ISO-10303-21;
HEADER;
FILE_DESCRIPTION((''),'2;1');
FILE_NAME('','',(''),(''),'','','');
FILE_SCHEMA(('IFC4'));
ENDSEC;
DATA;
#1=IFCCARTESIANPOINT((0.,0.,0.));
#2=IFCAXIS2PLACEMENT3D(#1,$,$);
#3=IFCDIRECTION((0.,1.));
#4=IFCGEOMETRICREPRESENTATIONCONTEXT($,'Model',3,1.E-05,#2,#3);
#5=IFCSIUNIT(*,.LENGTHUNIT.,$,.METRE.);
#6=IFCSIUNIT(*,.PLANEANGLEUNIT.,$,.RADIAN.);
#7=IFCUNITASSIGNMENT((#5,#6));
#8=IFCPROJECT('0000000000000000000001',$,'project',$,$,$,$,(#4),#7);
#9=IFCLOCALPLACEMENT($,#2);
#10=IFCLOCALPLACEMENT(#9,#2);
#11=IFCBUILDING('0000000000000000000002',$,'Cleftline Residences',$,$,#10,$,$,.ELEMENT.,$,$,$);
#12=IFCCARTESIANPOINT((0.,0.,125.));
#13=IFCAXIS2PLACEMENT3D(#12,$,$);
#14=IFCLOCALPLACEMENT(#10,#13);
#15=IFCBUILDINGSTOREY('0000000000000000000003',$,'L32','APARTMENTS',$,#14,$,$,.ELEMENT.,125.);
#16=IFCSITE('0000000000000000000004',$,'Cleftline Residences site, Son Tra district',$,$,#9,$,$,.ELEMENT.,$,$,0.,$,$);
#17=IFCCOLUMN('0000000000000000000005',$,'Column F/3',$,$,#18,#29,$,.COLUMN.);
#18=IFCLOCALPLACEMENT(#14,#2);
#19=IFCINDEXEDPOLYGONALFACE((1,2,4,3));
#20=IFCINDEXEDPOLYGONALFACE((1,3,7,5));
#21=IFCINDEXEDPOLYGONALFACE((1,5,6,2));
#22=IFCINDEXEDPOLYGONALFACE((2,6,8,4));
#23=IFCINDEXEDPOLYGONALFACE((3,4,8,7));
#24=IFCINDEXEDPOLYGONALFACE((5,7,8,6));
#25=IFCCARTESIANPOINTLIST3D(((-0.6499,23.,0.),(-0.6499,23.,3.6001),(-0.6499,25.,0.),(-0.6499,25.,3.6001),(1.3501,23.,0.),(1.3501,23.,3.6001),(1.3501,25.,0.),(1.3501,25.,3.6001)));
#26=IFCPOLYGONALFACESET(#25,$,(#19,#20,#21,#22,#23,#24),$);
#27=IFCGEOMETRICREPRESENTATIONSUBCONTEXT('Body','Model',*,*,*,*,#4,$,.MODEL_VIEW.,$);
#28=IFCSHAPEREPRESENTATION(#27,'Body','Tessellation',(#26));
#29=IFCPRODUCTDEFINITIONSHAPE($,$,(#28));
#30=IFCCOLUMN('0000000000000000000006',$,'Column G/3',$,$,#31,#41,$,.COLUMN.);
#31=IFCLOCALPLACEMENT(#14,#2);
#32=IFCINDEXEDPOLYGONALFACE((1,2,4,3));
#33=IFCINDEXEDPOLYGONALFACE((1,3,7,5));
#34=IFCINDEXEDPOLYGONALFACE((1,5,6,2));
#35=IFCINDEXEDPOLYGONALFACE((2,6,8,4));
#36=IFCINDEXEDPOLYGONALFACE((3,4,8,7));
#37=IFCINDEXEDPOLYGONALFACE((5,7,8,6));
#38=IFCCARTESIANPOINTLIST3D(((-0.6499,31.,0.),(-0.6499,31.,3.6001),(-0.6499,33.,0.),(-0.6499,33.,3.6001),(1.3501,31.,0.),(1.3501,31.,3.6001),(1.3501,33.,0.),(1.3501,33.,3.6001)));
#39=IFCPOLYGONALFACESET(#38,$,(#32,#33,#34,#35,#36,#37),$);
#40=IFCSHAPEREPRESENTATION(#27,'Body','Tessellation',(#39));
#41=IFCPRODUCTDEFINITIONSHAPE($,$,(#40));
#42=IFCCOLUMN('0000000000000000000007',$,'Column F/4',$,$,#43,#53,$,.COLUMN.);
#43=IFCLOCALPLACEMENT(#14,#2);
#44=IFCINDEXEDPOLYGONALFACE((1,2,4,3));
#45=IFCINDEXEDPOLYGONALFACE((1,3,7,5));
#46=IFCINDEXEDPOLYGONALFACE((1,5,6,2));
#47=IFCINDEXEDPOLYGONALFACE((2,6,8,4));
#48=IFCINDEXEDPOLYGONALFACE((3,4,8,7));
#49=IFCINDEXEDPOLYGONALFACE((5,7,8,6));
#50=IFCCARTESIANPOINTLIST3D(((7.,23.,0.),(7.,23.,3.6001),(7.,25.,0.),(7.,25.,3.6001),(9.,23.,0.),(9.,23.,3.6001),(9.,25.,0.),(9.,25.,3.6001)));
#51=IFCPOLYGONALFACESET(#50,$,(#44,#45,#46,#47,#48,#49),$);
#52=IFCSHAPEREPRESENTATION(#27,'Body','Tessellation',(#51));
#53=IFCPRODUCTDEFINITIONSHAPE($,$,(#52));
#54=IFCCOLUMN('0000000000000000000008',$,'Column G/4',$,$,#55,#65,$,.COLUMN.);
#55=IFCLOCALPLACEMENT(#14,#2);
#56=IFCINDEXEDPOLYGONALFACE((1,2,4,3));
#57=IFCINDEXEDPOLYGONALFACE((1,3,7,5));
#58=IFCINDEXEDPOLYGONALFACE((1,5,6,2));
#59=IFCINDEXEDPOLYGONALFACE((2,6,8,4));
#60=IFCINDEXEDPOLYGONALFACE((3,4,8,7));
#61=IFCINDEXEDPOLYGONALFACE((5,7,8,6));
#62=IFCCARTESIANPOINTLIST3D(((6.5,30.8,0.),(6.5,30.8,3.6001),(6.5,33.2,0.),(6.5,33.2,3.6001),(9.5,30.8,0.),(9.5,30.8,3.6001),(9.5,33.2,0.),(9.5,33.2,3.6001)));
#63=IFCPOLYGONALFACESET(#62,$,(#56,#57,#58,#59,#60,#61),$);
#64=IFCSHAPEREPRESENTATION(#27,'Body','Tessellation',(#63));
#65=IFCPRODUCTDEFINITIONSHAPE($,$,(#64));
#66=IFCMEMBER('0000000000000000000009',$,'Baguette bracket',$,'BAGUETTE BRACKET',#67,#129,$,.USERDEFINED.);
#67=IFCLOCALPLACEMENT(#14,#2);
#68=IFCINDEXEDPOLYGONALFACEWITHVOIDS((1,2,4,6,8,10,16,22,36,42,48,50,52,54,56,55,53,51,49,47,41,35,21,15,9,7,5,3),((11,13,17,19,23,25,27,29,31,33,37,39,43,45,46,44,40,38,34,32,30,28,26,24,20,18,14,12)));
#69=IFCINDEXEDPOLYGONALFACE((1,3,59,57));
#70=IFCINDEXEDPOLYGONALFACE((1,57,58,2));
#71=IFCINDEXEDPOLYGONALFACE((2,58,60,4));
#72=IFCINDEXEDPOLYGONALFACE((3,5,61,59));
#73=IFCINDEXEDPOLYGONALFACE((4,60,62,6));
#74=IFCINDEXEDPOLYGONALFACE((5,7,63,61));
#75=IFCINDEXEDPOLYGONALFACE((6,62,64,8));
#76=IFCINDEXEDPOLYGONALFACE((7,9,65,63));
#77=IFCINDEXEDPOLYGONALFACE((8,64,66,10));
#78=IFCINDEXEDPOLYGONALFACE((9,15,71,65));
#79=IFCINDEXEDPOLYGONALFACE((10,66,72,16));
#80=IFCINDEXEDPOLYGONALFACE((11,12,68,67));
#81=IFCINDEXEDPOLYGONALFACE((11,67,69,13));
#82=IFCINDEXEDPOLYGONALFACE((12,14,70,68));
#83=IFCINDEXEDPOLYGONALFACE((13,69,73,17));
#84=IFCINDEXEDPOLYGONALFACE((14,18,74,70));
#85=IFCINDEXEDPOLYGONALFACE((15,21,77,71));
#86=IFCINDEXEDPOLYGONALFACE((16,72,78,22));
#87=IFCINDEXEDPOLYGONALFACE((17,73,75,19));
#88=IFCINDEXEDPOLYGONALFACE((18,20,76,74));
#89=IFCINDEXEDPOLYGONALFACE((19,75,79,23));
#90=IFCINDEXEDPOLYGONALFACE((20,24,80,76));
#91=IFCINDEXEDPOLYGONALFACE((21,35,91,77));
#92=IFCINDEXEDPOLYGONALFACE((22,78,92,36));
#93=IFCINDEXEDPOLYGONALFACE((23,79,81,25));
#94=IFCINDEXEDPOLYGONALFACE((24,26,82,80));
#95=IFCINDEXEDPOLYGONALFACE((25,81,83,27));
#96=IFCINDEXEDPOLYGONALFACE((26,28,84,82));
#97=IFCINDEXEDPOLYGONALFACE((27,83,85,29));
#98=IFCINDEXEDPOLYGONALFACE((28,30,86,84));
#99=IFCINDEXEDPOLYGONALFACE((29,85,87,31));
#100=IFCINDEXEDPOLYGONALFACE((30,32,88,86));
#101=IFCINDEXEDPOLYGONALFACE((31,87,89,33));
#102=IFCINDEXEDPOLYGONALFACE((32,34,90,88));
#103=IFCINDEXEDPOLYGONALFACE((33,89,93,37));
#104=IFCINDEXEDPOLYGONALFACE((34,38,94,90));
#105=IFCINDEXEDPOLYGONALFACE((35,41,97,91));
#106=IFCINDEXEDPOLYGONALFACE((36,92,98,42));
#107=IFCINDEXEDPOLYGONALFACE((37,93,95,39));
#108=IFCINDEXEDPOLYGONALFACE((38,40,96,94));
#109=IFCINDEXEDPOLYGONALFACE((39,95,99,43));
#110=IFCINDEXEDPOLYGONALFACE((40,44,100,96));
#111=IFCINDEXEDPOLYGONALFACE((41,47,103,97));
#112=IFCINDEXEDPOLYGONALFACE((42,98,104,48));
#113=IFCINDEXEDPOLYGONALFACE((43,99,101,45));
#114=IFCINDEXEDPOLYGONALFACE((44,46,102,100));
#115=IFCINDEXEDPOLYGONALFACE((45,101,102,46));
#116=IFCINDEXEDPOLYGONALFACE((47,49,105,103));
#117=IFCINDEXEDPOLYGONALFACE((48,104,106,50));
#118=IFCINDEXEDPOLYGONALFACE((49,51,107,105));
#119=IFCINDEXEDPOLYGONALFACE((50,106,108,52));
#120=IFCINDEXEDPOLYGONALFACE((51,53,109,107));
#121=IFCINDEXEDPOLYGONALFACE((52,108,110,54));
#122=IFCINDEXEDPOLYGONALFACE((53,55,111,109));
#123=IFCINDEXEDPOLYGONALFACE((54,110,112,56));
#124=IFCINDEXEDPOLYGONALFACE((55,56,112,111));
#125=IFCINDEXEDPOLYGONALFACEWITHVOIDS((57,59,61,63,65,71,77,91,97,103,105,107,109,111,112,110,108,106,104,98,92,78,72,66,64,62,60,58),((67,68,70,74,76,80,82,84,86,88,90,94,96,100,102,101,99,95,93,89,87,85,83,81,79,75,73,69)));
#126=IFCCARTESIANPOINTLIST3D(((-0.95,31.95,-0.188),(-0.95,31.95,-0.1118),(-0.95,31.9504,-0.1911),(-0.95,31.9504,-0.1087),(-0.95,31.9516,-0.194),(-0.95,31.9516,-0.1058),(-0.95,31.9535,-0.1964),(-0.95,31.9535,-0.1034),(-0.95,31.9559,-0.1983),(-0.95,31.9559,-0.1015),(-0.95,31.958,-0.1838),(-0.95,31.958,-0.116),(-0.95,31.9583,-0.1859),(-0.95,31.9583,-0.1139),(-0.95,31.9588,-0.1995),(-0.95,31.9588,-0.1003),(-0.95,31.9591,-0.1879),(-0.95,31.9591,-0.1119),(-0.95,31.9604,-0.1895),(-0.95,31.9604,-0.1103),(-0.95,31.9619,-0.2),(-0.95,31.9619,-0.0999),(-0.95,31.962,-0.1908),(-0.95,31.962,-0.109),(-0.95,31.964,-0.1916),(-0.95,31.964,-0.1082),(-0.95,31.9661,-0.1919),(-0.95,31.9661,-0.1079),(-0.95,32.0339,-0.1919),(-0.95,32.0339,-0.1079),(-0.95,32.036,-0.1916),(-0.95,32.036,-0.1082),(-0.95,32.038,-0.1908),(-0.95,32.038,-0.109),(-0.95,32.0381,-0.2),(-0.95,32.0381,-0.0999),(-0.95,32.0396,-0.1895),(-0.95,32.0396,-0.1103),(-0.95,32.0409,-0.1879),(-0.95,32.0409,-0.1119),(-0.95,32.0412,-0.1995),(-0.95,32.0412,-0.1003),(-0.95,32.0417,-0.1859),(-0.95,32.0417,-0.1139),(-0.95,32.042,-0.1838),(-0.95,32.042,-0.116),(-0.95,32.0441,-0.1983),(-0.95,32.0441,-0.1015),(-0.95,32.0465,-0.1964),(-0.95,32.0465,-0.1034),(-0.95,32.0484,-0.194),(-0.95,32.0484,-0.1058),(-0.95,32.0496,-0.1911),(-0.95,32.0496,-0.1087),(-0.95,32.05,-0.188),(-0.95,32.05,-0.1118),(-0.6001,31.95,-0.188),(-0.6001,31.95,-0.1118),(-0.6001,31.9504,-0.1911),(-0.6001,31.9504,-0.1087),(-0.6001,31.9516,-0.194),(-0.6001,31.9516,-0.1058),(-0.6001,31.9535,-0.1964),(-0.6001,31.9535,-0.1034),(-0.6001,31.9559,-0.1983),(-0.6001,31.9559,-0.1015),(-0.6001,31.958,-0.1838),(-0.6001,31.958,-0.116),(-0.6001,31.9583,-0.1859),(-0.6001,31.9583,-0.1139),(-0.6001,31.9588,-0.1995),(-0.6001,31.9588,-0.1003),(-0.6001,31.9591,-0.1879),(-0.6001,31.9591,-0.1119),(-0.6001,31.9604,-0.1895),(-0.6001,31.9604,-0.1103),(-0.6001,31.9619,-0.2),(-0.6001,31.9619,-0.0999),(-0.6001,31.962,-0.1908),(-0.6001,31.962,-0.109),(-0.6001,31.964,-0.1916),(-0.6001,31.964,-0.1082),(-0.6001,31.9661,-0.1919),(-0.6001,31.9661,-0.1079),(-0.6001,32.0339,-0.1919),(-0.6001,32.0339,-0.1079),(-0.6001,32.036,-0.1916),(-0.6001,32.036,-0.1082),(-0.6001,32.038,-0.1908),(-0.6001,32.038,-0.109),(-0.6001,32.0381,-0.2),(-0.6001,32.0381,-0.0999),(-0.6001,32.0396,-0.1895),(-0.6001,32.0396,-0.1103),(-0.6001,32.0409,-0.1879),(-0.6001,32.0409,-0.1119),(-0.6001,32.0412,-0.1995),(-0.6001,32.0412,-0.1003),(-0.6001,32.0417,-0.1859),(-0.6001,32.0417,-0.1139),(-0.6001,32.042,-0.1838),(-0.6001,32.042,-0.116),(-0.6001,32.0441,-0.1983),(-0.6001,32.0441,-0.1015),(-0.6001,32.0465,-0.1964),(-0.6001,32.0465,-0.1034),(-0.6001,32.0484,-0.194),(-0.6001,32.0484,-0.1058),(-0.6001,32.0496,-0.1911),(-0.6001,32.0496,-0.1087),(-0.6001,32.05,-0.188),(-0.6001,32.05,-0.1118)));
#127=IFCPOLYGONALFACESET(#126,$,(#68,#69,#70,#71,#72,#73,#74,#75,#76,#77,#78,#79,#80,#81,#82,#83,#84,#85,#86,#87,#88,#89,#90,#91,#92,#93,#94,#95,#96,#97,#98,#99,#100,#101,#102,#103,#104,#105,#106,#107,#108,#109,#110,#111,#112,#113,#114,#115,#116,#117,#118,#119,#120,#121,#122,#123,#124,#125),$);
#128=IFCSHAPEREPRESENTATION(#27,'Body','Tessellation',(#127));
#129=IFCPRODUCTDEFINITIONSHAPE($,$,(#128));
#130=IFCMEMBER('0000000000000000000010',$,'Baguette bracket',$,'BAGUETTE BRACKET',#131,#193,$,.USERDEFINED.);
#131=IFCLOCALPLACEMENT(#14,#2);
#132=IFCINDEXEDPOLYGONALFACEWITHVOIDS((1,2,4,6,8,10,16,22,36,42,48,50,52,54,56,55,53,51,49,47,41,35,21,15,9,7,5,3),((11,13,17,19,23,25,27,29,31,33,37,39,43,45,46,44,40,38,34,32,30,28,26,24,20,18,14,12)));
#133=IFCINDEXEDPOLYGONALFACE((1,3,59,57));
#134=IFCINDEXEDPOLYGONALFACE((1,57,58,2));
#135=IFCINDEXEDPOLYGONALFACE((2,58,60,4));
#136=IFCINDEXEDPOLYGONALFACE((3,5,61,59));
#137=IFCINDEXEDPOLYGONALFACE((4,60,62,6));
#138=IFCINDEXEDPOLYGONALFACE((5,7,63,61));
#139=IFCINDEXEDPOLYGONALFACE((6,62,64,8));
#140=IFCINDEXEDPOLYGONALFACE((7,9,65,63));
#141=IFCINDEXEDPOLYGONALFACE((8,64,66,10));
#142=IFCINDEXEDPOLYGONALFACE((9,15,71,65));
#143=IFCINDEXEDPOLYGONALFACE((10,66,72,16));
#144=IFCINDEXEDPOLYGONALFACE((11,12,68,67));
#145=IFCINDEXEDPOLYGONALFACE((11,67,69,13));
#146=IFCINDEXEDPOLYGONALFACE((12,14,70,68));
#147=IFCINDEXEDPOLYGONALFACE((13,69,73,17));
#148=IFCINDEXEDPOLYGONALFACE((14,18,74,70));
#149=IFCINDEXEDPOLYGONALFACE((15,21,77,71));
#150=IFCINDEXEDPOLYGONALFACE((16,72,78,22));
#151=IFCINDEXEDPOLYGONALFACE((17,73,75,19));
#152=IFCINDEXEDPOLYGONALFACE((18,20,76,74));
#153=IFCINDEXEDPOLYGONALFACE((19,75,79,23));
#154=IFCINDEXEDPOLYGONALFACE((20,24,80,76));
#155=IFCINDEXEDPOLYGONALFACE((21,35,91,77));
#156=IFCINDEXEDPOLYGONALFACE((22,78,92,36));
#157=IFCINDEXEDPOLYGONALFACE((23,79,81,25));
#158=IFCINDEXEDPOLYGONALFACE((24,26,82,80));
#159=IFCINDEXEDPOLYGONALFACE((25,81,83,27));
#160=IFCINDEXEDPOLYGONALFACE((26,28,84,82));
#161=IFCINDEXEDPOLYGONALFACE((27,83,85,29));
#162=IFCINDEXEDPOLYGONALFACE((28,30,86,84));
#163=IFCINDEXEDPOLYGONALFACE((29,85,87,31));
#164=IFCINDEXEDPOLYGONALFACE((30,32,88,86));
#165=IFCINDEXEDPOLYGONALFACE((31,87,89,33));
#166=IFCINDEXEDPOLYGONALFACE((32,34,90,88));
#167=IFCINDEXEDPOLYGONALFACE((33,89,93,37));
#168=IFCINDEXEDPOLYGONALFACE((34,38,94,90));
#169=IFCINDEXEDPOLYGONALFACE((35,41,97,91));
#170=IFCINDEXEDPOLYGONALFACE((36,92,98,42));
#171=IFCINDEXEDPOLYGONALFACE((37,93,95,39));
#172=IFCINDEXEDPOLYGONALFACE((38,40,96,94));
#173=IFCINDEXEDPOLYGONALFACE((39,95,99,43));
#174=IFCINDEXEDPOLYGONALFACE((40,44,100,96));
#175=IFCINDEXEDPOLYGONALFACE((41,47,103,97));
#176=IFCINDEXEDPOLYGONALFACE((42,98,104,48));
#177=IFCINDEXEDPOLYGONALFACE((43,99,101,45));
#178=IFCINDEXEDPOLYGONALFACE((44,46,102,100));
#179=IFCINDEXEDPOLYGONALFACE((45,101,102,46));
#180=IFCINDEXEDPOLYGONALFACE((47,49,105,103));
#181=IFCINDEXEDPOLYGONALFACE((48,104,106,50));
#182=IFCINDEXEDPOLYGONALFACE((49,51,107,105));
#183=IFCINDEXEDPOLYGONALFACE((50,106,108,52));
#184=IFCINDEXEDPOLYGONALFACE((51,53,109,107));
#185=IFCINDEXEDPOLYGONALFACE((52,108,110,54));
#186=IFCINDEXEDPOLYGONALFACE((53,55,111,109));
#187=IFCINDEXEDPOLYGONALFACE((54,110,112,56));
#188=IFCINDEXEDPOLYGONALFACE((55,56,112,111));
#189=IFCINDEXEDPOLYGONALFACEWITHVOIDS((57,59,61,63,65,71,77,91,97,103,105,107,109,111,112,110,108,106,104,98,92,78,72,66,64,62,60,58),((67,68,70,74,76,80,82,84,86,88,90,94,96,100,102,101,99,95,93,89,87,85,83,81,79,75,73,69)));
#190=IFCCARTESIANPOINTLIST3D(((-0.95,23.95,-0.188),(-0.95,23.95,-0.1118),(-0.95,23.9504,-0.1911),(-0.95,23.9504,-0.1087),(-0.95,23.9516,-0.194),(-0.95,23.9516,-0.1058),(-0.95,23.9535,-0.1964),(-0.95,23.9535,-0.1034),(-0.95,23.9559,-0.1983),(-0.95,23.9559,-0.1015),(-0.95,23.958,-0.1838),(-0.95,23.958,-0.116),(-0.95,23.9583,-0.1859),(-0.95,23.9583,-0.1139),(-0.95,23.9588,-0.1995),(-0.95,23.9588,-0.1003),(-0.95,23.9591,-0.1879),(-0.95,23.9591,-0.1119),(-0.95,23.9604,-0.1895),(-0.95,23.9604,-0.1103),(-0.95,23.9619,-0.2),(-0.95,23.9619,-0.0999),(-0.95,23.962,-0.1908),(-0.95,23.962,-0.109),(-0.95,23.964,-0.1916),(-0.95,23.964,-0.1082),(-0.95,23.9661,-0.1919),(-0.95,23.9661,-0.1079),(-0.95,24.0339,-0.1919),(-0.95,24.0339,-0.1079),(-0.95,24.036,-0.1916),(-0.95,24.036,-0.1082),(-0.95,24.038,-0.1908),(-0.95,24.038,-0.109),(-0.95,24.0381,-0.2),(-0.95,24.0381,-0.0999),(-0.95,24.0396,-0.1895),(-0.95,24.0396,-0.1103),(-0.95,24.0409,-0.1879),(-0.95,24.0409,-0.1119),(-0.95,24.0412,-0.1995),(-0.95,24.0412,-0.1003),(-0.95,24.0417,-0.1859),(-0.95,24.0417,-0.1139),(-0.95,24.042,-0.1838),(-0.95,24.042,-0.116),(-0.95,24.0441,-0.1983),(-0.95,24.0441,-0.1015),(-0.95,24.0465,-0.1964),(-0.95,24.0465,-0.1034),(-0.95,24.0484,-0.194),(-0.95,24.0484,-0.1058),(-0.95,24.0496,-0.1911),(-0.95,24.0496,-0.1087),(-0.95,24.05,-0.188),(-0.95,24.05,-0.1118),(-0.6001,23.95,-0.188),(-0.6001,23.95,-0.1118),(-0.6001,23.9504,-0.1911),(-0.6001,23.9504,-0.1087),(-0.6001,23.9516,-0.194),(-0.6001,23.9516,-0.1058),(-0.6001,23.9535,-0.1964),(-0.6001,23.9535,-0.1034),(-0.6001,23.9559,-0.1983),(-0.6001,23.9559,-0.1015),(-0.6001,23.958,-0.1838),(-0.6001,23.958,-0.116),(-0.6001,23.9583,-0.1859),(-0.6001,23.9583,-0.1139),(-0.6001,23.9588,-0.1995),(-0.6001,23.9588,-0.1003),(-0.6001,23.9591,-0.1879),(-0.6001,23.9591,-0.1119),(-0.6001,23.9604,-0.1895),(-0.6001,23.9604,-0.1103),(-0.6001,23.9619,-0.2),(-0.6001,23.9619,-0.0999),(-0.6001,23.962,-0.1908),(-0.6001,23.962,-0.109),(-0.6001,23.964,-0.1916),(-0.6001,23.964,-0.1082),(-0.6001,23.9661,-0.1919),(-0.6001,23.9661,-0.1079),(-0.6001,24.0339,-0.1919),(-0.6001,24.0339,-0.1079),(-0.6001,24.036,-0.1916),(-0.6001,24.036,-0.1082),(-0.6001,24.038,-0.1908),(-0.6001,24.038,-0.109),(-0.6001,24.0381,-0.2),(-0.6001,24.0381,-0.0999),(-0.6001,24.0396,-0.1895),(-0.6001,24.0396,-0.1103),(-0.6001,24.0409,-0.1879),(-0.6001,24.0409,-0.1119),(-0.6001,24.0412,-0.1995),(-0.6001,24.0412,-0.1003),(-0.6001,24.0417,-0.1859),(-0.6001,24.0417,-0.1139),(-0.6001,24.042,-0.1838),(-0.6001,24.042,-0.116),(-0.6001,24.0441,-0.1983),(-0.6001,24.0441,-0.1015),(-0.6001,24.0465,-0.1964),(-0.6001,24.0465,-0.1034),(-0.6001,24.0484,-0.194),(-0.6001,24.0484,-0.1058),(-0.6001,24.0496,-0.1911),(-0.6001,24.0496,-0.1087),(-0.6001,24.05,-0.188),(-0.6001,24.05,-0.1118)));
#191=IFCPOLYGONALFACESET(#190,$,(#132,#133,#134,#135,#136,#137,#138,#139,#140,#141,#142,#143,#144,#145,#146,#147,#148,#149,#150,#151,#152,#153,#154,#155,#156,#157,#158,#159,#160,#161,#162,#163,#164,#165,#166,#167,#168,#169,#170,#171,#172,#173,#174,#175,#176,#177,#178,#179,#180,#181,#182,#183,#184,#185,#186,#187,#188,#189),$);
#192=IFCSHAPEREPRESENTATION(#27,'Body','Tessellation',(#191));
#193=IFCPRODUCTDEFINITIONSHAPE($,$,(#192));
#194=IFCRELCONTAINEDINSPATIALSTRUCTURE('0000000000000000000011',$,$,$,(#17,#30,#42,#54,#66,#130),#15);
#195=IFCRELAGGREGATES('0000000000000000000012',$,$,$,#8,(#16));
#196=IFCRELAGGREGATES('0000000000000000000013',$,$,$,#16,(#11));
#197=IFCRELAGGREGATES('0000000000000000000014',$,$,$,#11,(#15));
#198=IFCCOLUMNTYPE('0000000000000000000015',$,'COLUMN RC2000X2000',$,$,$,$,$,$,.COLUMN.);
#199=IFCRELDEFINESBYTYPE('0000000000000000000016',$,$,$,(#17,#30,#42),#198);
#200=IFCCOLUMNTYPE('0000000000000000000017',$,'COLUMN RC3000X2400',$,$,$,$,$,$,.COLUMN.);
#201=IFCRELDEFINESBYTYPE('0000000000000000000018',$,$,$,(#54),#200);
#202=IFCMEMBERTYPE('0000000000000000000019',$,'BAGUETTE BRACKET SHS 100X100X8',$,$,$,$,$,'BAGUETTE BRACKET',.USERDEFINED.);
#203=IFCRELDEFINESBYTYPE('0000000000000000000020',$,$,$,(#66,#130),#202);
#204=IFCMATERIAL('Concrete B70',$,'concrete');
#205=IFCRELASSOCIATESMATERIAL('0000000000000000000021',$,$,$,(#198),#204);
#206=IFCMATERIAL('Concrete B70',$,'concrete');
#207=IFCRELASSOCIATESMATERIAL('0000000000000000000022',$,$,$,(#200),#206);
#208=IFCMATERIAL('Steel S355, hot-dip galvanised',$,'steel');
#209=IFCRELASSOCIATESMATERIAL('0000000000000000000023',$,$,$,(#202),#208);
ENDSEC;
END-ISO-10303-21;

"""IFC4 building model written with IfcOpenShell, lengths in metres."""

from ifc_helpers import new_model, si_unit, direction, frame, origin, origin_2d, place, context, subcontext, project, spatial, rectangle, hollow_rectangle, extrude, material, material_profile, profile_set, type_object, element, save


model = new_model("IFC4")

# Units and contexts
model_context = context("Model", 3, precision=1e-05, world=origin(), true_north=direction((0.0, 1.0)))
body_context = subcontext(model_context, "Body", "Model", "MODEL_VIEW")
ifc_project = project(units=[si_unit("LENGTHUNIT", "METRE"), si_unit("PLANEANGLEUNIT", "RADIAN")], contexts=[model_context])

# Site, building, storey
site_placement = place(None, origin())
site = spatial("IfcSite", under=ifc_project, at=site_placement, Name="Cleftline Residences site, Son Tra district", CompositionType="ELEMENT", RefElevation=0.0)
building_placement = place(site_placement, origin())
building = spatial("IfcBuilding", under=site, at=building_placement, Name="Cleftline Residences", CompositionType="ELEMENT")
storey_placement = place(building_placement, frame((0.0, 0.0, 125.0)))
storey = spatial("IfcBuildingStorey", under=building, at=storey_placement, Name="L32", Description="APARTMENTS", CompositionType="ELEMENT", Elevation=125.0)

# Columns
ifc_material_1 = material(Name="Concrete B70", Category="concrete")
ifc_material_profile_1 = material_profile(ifc_material_1, rectangle(XDim=2.0, YDim=2.0, at=origin_2d()))
ifc_profile_set_1 = profile_set([ifc_material_profile_1], Name="Concrete B70")
column_type_1 = type_object("IfcColumnType", Name="COLUMN RC2000X2000", PredefinedType="COLUMN", material=ifc_profile_set_1)
for number, where, z_axis, x_axis, name in (
    (1, (0.3501, 24.0, 0.0), (0.0, 0.0, 1.0), (1.0, 0.0, 0.0), "Column F/3"),
    (2, (0.3501, 32.0, 0.0), (0.0, 0.0, 1.0), (1.0, 0.0, 0.0), "Column G/3"),
    (3, (8.0, 24.0, 0.0), (0.0, 0.0, 1.0), (1.0, 0.0, 0.0), "Column F/4"),
):
    element("IfcColumn", number, at=place(storey_placement, frame(where, z_axis=z_axis, x_axis=x_axis)), inside=storey, type_object=column_type_1, Name=name, PredefinedType="COLUMN", context=body_context, shape_type="SweptSolid", body=[
        extrude(rectangle(XDim=2.0, YDim=2.0, at=origin_2d()), origin(), (0.0, 0.0, 1.0), 3.6001),
    ])
ifc_material_2 = material(Name="Concrete B70", Category="concrete")
ifc_material_profile_2 = material_profile(ifc_material_2, rectangle(XDim=3.0, YDim=2.3999, at=origin_2d()))
ifc_profile_set_2 = profile_set([ifc_material_profile_2], Name="Concrete B70")
column_type_2 = type_object("IfcColumnType", Name="COLUMN RC3000X2400", PredefinedType="COLUMN", material=ifc_profile_set_2)
column_placement = place(storey_placement, frame((8.0, 32.0, 0.0), z_axis=(0.0, 0.0, 1.0), x_axis=(1.0, 0.0, 0.0)))
element("IfcColumn", 4, at=column_placement, inside=storey, type_object=column_type_2, Name="Column G/4", PredefinedType="COLUMN", context=body_context, shape_type="SweptSolid", body=[
    extrude(rectangle(XDim=3.0, YDim=2.3999, at=origin_2d()), origin(), (0.0, 0.0, 1.0), 3.6001),
])

# Members
ifc_material_3 = material(Name="Steel S355, hot-dip galvanised", Category="steel")
ifc_material_profile_3 = material_profile(ifc_material_3, hollow_rectangle(XDim=0.1001, YDim=0.1001, WallThickness=0.0081, InnerFilletRadius=0.0081, OuterFilletRadius=0.012, at=origin_2d()))
ifc_profile_set_3 = profile_set([ifc_material_profile_3], Name="Steel S355, hot-dip galvanised")
member_type_1 = type_object("IfcMemberType", Name="BAGUETTE BRACKET SHS 100X100X8", ElementType="BAGUETTE BRACKET", PredefinedType="USERDEFINED", material=ifc_profile_set_3)
for number, where, z_axis, x_axis, name in (
    (5, (-0.6001, 32.0, -0.1499), (-1.0, 0.0, 0.0), (0.0, -1.0, 0.0), "Baguette bracket"),
    (6, (-0.6001, 24.0, -0.1499), (-1.0, 0.0, 0.0), (0.0, -1.0, 0.0), "Baguette bracket"),
):
    element("IfcMember", number, at=place(storey_placement, frame(where, z_axis=z_axis, x_axis=x_axis)), inside=storey, type_object=member_type_1, Name=name, ObjectType="BAGUETTE BRACKET", PredefinedType="USERDEFINED", context=body_context, shape_type="SweptSolid", body=[
        extrude(hollow_rectangle(XDim=0.1001, YDim=0.1001, WallThickness=0.0081, InnerFilletRadius=0.0081, OuterFilletRadius=0.012, at=origin_2d()), origin(), (0.0, 0.0, 1.0), 0.3499),
    ])

save(model, "model.ifc")
